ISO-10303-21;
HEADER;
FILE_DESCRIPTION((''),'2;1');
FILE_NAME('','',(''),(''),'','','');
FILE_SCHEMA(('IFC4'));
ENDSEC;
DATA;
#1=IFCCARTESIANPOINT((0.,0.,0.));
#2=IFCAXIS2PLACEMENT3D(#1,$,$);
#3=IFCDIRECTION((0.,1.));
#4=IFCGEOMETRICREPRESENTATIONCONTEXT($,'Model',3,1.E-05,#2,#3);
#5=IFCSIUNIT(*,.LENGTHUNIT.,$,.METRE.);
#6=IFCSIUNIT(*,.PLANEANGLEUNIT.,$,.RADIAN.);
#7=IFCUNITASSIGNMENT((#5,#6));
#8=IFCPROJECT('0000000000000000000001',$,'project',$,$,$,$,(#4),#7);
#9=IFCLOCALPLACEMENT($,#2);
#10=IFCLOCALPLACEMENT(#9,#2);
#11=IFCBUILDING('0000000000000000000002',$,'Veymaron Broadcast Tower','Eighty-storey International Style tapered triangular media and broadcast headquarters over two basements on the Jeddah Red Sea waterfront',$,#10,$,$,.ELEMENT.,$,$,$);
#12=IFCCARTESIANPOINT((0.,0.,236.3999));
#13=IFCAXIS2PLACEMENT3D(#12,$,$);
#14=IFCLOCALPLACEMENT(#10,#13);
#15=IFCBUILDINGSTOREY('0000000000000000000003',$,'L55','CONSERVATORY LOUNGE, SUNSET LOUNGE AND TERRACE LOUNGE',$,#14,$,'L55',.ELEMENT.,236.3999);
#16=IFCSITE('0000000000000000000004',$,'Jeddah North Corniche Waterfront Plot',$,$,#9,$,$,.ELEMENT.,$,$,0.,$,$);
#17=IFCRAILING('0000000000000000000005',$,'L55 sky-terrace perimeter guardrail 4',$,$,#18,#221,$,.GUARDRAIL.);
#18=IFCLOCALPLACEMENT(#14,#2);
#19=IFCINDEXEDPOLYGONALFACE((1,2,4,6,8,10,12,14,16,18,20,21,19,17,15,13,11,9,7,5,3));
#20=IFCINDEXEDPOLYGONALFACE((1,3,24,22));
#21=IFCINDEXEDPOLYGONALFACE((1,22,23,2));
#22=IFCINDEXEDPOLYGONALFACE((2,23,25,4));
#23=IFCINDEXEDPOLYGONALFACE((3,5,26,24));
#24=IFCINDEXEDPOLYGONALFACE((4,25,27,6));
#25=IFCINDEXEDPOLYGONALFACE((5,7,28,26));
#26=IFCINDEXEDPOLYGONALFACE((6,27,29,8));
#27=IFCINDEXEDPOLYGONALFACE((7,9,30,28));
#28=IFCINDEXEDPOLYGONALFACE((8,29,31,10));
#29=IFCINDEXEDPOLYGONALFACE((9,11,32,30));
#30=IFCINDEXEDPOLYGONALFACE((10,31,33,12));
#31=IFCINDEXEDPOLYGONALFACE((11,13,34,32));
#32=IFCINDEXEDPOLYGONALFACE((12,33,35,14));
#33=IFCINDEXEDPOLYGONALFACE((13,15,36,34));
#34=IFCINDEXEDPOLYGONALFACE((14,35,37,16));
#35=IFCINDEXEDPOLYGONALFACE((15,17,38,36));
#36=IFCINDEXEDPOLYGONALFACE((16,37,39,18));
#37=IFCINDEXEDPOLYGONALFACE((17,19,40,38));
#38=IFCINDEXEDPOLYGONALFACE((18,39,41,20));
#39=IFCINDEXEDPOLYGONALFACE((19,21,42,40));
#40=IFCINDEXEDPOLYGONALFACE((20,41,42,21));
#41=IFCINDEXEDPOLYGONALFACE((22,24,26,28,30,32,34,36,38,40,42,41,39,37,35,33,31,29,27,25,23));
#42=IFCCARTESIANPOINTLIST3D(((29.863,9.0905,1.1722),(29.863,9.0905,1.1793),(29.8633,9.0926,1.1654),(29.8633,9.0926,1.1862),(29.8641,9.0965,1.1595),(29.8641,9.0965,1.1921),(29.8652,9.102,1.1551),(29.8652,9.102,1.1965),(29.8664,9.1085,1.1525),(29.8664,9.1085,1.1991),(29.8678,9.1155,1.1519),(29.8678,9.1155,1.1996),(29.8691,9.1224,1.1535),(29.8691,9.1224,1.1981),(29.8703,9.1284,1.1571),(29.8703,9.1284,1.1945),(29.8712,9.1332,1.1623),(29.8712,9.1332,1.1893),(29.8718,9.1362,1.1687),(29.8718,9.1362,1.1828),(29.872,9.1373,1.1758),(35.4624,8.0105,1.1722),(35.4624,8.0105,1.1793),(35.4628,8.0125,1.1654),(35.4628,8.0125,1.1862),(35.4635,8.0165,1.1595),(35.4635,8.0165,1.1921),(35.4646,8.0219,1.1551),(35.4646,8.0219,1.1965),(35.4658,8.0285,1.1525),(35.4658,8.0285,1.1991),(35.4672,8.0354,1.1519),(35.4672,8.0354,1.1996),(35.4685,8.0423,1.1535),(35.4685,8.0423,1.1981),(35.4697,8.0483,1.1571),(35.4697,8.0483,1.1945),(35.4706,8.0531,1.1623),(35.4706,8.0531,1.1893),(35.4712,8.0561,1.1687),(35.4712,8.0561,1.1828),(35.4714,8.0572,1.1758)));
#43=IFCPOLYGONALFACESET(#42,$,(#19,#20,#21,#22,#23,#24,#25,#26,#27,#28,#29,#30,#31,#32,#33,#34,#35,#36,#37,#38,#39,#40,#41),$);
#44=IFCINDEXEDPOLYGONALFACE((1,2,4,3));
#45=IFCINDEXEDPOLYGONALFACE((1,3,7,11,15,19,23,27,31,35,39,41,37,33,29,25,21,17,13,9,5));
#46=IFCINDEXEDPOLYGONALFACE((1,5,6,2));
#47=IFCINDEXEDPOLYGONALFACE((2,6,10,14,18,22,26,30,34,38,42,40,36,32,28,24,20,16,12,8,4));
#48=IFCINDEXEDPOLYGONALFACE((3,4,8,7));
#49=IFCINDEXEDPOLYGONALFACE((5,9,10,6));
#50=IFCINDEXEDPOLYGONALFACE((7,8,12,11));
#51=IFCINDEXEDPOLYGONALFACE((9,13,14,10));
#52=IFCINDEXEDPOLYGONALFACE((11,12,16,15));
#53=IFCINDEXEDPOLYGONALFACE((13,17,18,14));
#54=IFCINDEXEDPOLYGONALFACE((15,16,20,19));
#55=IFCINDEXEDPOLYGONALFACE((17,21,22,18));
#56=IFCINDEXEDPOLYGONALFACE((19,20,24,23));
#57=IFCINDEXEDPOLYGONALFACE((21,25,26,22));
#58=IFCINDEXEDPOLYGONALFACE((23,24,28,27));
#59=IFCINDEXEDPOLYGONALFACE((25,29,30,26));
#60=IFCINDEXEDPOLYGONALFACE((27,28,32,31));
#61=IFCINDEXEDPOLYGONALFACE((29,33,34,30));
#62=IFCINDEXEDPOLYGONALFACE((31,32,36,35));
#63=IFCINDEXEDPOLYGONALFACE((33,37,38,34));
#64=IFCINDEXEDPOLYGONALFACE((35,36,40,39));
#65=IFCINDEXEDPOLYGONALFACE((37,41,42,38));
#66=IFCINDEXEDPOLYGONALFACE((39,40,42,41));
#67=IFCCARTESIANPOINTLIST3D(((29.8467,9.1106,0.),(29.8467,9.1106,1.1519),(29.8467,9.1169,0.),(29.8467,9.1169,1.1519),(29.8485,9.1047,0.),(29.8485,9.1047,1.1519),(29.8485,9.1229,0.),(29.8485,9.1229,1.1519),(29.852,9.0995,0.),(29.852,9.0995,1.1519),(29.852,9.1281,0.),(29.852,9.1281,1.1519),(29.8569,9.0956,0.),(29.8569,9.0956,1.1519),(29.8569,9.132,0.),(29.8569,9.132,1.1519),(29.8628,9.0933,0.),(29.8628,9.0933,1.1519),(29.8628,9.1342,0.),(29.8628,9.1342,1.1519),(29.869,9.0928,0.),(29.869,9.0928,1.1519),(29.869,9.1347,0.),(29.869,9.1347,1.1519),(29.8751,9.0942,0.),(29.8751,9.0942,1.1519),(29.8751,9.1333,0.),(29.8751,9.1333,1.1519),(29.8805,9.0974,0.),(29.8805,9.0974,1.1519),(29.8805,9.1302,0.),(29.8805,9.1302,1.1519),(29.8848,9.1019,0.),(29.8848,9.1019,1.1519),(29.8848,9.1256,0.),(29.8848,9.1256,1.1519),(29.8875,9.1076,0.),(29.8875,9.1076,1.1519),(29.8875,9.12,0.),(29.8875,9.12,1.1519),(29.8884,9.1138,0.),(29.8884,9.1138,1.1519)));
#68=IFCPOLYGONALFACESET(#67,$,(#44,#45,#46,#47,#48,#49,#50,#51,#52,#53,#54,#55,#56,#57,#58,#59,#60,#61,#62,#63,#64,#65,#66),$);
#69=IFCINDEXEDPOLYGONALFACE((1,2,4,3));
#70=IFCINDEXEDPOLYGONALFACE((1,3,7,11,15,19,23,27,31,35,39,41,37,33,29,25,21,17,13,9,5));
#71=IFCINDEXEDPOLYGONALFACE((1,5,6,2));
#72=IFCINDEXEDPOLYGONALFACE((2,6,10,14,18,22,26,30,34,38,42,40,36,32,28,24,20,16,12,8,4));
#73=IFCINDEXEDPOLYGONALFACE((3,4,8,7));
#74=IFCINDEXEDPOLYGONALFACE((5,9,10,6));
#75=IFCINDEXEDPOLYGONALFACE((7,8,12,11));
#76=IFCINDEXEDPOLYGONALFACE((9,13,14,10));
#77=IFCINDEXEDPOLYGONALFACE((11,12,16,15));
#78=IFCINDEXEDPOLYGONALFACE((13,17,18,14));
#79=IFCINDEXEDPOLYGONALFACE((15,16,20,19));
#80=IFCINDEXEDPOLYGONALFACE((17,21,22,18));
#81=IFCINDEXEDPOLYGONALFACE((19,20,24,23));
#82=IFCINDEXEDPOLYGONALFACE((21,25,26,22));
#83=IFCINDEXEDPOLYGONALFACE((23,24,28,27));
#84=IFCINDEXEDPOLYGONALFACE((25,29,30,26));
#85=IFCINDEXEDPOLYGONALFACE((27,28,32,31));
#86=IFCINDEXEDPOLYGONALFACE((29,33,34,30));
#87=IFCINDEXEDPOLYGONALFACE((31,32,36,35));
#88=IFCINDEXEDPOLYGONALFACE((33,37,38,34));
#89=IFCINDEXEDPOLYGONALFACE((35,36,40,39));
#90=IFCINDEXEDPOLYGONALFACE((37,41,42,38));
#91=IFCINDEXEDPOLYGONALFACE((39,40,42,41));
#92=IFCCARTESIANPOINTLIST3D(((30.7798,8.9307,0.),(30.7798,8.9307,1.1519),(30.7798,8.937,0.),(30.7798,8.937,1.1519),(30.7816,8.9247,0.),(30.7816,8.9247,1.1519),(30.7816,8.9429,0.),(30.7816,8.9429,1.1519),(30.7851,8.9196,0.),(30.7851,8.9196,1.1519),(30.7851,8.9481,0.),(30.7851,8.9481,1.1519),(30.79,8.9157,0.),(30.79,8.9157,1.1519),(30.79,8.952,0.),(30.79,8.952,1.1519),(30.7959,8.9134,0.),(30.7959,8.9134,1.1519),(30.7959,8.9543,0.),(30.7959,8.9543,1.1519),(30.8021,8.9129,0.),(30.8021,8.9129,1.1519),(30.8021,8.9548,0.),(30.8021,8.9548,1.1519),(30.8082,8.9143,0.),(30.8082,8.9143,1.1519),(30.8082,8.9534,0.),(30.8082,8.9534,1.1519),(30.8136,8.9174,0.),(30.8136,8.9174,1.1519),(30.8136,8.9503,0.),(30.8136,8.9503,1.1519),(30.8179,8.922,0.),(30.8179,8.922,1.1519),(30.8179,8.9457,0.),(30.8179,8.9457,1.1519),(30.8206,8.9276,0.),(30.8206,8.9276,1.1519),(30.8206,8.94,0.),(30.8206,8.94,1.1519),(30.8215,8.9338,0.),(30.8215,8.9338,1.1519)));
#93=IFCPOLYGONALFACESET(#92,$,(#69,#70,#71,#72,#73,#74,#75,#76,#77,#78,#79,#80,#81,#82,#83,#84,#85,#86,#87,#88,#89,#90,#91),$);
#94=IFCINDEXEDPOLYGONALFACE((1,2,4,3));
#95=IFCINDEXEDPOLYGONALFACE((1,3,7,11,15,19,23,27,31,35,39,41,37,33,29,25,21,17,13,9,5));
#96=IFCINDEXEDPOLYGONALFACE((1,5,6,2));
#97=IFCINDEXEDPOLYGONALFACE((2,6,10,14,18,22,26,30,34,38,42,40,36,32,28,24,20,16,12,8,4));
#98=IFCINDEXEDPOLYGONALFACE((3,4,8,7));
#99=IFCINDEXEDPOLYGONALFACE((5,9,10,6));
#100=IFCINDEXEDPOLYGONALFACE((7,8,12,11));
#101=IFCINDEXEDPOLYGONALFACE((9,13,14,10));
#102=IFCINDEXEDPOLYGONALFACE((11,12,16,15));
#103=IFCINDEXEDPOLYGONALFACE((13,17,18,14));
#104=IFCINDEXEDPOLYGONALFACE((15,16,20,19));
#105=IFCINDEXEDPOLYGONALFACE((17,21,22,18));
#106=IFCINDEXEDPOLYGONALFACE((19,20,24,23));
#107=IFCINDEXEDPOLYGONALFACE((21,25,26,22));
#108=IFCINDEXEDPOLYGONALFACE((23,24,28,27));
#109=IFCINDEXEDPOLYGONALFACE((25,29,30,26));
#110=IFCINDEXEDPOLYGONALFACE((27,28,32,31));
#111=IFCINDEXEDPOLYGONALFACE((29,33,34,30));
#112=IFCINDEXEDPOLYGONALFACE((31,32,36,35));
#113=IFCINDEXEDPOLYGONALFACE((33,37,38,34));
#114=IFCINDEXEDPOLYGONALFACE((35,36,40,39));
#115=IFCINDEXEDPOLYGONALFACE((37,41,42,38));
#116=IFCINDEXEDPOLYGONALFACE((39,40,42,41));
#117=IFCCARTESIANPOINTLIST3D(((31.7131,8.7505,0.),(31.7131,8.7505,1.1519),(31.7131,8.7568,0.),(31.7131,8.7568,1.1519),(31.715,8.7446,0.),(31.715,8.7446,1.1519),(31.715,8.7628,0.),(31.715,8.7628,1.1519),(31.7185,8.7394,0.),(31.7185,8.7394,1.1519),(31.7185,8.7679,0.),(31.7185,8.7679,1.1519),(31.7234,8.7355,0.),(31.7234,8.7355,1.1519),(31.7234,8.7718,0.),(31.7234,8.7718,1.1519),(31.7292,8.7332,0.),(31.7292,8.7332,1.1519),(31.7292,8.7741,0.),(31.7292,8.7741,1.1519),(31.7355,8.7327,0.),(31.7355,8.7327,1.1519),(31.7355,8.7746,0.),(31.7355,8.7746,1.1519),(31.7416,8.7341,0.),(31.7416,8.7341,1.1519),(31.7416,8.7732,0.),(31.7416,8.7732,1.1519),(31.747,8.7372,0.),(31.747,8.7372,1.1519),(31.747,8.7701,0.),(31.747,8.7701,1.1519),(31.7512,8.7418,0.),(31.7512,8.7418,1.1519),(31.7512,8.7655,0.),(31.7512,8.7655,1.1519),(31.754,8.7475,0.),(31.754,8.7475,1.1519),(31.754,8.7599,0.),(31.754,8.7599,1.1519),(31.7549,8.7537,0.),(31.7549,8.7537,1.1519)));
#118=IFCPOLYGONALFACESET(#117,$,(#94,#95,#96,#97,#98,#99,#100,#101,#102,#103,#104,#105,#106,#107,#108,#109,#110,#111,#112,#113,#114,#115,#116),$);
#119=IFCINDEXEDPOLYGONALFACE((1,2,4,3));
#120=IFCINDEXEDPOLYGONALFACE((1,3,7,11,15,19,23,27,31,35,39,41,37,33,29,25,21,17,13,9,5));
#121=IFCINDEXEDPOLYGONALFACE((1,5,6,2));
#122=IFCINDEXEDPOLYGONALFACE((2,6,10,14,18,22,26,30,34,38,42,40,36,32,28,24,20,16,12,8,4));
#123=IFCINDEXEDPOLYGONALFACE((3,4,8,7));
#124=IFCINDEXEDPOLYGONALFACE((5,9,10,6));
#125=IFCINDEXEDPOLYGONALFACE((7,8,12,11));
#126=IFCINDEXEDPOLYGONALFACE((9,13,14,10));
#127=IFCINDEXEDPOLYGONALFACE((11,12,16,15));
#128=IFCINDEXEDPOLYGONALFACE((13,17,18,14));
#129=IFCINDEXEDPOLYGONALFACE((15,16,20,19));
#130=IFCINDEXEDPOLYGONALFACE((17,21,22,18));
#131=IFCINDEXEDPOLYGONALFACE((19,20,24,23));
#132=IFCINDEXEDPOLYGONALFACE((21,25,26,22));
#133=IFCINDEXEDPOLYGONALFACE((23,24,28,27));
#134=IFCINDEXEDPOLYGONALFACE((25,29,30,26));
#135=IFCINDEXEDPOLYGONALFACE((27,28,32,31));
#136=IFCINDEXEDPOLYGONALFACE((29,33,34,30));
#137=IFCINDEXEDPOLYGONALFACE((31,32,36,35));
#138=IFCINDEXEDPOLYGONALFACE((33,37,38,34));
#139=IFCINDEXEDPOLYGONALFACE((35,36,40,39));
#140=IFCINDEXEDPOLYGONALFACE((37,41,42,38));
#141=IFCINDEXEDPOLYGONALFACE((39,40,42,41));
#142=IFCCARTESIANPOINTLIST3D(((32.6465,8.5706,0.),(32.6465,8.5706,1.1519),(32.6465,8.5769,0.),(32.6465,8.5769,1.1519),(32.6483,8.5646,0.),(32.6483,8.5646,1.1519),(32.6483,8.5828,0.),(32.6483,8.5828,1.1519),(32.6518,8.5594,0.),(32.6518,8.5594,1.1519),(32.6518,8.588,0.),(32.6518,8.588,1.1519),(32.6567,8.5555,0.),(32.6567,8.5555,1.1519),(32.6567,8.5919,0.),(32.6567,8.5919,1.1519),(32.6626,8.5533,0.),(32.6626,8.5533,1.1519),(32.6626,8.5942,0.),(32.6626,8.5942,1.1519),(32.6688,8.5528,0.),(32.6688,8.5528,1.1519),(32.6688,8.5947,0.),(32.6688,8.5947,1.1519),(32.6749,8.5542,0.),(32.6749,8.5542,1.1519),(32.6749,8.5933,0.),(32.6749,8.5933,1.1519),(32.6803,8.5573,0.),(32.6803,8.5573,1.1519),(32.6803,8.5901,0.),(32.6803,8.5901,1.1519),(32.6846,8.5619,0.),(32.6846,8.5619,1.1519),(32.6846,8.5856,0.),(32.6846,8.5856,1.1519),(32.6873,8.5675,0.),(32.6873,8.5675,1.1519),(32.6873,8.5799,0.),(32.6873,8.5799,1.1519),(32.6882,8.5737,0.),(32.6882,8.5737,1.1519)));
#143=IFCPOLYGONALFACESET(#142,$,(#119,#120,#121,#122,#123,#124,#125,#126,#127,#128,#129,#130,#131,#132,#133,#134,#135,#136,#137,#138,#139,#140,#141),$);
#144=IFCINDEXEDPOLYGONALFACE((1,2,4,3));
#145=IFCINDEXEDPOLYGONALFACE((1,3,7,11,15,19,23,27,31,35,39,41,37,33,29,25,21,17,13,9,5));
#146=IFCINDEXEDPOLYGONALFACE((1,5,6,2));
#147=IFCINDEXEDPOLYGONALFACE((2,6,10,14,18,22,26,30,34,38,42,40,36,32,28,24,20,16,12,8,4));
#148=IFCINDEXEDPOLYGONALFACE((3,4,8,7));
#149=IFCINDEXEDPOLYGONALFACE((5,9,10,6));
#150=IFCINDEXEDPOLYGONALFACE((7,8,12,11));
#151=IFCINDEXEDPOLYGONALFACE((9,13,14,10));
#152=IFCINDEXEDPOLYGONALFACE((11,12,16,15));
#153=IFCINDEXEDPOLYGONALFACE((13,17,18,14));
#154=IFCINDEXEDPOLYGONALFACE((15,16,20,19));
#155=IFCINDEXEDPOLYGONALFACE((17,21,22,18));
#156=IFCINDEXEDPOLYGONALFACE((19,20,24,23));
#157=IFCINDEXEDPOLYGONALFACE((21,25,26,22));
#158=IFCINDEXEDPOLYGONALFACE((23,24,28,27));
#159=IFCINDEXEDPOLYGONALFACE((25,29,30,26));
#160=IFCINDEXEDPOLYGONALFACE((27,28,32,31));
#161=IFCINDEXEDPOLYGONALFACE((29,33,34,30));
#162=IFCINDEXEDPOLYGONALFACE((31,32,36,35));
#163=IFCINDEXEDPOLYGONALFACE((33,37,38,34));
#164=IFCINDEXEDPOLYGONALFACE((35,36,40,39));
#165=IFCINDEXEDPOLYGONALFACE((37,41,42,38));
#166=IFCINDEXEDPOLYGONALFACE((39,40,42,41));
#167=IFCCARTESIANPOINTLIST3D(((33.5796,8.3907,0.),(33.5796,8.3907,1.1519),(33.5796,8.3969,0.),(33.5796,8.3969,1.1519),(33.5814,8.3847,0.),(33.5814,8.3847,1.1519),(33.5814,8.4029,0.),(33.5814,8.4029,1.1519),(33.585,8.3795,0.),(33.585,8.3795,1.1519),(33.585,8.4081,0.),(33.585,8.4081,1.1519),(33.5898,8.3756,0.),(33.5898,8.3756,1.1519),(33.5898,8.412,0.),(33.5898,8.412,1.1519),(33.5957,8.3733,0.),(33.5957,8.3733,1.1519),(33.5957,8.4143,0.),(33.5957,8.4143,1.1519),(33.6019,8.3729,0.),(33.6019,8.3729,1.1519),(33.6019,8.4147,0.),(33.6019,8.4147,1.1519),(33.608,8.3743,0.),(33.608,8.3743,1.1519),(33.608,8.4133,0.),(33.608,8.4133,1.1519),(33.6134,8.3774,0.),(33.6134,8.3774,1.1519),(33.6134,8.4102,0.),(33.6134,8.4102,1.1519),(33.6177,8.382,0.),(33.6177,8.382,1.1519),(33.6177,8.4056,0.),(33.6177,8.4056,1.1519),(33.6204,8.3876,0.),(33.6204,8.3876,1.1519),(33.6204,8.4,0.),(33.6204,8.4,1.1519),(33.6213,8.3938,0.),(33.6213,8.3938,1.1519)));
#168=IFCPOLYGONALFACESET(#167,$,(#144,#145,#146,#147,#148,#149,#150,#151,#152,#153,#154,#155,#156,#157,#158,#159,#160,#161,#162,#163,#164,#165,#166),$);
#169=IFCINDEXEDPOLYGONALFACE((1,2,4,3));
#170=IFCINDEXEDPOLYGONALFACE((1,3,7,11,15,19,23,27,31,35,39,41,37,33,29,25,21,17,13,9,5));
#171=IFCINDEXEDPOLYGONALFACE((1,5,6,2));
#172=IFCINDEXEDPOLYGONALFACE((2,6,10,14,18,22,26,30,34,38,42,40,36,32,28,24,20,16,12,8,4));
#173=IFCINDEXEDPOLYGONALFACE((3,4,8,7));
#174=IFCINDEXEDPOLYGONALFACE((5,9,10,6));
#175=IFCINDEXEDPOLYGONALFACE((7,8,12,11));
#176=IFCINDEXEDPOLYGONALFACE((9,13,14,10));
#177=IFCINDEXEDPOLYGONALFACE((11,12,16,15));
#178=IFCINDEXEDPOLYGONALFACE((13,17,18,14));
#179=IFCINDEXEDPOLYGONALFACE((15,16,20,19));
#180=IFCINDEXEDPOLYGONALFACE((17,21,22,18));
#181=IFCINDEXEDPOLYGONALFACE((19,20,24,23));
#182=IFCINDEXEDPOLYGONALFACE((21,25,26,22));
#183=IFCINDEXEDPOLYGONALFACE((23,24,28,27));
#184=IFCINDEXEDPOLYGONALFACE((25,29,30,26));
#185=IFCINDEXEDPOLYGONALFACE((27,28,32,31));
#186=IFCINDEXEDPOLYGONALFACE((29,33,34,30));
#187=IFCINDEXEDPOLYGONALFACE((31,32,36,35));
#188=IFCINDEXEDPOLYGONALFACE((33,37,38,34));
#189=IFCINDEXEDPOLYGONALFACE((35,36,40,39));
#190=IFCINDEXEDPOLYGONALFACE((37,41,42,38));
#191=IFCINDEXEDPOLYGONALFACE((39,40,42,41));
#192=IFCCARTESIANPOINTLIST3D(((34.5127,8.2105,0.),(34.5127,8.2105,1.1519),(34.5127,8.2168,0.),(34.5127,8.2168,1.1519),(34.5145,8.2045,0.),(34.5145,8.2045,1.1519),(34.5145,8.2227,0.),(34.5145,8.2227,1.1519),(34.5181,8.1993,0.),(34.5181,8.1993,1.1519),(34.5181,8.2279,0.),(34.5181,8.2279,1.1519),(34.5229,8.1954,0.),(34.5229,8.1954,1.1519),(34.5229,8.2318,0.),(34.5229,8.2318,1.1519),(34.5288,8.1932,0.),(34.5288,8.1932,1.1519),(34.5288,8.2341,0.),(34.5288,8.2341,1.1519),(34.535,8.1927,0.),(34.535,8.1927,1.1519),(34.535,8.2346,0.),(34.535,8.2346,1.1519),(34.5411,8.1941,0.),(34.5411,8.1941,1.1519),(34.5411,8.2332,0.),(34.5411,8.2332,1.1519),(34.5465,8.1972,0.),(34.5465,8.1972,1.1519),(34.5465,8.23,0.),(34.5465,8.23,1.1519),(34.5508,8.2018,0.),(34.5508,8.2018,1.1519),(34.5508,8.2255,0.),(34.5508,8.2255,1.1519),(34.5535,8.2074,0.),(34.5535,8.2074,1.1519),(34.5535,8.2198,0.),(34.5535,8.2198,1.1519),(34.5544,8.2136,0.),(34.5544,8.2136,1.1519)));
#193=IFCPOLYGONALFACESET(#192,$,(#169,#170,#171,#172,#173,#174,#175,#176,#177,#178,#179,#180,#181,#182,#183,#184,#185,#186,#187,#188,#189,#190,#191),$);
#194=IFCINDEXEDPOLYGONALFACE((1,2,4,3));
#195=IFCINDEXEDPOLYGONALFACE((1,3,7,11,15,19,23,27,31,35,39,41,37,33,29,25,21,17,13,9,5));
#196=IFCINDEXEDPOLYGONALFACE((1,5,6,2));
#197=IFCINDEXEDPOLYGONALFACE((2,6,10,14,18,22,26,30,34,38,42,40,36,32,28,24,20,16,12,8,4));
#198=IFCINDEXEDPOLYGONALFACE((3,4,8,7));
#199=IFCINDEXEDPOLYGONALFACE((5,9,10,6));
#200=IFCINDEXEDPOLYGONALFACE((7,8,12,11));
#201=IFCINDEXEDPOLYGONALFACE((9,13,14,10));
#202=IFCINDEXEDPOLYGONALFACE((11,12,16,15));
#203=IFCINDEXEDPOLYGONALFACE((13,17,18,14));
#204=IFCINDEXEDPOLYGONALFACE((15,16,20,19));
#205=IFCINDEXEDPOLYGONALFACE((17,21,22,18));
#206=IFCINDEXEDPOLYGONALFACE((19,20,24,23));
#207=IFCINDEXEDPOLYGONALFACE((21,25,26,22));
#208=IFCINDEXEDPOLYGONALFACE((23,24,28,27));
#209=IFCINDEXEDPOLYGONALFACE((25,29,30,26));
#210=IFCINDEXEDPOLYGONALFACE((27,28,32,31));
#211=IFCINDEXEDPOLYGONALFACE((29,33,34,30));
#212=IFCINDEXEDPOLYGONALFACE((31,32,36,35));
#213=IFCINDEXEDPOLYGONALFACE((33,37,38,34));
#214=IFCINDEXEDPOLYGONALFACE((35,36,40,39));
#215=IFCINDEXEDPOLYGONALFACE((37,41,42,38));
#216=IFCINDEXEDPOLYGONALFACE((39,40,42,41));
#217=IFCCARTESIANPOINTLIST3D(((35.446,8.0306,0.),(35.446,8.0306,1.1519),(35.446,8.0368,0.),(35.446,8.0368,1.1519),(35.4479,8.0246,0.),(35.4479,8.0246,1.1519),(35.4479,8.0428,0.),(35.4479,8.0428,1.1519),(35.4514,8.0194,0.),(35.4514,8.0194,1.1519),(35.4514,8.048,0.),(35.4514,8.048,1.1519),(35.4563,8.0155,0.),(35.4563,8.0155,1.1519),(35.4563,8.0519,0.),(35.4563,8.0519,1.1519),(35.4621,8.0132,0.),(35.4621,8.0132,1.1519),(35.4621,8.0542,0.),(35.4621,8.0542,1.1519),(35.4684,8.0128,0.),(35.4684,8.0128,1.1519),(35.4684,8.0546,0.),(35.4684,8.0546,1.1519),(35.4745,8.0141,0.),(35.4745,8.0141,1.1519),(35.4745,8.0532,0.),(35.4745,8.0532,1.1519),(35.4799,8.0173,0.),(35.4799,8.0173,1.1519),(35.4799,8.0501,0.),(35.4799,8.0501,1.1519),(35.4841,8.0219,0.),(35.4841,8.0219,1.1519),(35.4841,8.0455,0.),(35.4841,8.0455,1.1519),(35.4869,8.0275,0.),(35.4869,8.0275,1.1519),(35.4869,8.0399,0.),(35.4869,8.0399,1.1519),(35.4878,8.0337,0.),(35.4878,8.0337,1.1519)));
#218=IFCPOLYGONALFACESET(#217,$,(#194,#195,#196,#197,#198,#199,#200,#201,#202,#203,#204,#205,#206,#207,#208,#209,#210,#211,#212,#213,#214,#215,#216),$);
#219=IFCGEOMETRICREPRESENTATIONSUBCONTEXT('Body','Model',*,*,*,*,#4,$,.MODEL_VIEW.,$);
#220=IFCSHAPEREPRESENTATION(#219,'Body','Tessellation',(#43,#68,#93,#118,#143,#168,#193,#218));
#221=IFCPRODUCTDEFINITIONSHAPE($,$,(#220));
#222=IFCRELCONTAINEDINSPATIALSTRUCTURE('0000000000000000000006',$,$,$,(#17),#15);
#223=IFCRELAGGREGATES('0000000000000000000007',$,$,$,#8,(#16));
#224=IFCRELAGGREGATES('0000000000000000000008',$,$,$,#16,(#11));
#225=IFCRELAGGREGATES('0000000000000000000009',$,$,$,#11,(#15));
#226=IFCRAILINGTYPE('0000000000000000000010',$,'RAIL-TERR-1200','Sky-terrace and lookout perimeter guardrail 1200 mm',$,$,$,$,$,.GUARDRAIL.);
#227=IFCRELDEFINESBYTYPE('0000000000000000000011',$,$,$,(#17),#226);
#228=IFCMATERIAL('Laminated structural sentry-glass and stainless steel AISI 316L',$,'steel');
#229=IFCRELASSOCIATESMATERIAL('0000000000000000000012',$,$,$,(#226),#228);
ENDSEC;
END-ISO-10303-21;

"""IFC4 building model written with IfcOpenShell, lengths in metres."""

from ifc_helpers import new_model, si_unit, direction, frame, origin, origin_2d, place, context, subcontext, project, spatial, circle, extrude, material, type_object, element, save


model = new_model("IFC4")

# Units and contexts
model_context = context("Model", 3, precision=1e-05, world=origin(), true_north=direction((0.0, 1.0)))
body_context = subcontext(model_context, "Body", "Model", "MODEL_VIEW")
ifc_project = project(units=[si_unit("LENGTHUNIT", "METRE"), si_unit("PLANEANGLEUNIT", "RADIAN")], contexts=[model_context])

# Site, building, storey
site_placement = place(None, origin())
site = spatial("IfcSite", under=ifc_project, at=site_placement, Name="Jeddah North Corniche Waterfront Plot", CompositionType="ELEMENT", RefElevation=0.0)
building_placement = place(site_placement, origin())
building = spatial("IfcBuilding", under=site, at=building_placement, Name="Veymaron Broadcast Tower", Description="Eighty-storey International Style tapered triangular media and broadcast headquarters over two basements on the Jeddah Red Sea waterfront", CompositionType="ELEMENT")
storey_placement = place(building_placement, frame((0.0, 0.0, 236.3999)))
storey = spatial("IfcBuildingStorey", under=building, at=storey_placement, Name="L55", Description="CONSERVATORY LOUNGE, SUNSET LOUNGE AND TERRACE LOUNGE", LongName="L55", CompositionType="ELEMENT", Elevation=236.3999)

# Railing
ifc_material_1 = material(Name="Laminated structural sentry-glass and stainless steel AISI 316L", Category="steel")
railing_type = type_object("IfcRailingType", Name="RAIL-TERR-1200", Description="Sky-terrace and lookout perimeter guardrail 1200 mm", PredefinedType="GUARDRAIL", material=ifc_material_1)
railing_1_placement = place(storey_placement, frame((29.8674, 9.1138, 0.0)))
element("IfcRailing", 1, at=railing_1_placement, inside=storey, type_object=railing_type, Name="L55 sky-terrace perimeter guardrail 4", PredefinedType="GUARDRAIL", context=body_context, shape_type="SweptSolid", body=[
    extrude(circle(Radius=0.0239, at=origin_2d()), frame((0.0, 0.0, 1.1758), z_axis=(0.9819, -0.189402, 0.0), x_axis=(0.189402, 0.9819, 0.0)), (0.0, 0.0, 1.0), 5.7026),
    extrude(circle(Radius=0.021, at=origin_2d()), origin(), (0.0, 0.0, 1.0), 1.1519),
    extrude(circle(Radius=0.021, at=origin_2d()), frame((0.9331, -0.1799, 0.0)), (0.0, 0.0, 1.0), 1.1519),
    extrude(circle(Radius=0.021, at=origin_2d()), frame((1.8665, -0.3601, 0.0)), (0.0, 0.0, 1.0), 1.1519),
    extrude(circle(Radius=0.021, at=origin_2d()), frame((2.7998, -0.54, 0.0)), (0.0, 0.0, 1.0), 1.1519),
    extrude(circle(Radius=0.021, at=origin_2d()), frame((3.7329, -0.72, 0.0)), (0.0, 0.0, 1.0), 1.1519),
    extrude(circle(Radius=0.021, at=origin_2d()), frame((4.666, -0.9001, 0.0)), (0.0, 0.0, 1.0), 1.1519),
    extrude(circle(Radius=0.021, at=origin_2d()), frame((5.5994, -1.0801, 0.0)), (0.0, 0.0, 1.0), 1.1519),
])

save(model, "model.ifc")
